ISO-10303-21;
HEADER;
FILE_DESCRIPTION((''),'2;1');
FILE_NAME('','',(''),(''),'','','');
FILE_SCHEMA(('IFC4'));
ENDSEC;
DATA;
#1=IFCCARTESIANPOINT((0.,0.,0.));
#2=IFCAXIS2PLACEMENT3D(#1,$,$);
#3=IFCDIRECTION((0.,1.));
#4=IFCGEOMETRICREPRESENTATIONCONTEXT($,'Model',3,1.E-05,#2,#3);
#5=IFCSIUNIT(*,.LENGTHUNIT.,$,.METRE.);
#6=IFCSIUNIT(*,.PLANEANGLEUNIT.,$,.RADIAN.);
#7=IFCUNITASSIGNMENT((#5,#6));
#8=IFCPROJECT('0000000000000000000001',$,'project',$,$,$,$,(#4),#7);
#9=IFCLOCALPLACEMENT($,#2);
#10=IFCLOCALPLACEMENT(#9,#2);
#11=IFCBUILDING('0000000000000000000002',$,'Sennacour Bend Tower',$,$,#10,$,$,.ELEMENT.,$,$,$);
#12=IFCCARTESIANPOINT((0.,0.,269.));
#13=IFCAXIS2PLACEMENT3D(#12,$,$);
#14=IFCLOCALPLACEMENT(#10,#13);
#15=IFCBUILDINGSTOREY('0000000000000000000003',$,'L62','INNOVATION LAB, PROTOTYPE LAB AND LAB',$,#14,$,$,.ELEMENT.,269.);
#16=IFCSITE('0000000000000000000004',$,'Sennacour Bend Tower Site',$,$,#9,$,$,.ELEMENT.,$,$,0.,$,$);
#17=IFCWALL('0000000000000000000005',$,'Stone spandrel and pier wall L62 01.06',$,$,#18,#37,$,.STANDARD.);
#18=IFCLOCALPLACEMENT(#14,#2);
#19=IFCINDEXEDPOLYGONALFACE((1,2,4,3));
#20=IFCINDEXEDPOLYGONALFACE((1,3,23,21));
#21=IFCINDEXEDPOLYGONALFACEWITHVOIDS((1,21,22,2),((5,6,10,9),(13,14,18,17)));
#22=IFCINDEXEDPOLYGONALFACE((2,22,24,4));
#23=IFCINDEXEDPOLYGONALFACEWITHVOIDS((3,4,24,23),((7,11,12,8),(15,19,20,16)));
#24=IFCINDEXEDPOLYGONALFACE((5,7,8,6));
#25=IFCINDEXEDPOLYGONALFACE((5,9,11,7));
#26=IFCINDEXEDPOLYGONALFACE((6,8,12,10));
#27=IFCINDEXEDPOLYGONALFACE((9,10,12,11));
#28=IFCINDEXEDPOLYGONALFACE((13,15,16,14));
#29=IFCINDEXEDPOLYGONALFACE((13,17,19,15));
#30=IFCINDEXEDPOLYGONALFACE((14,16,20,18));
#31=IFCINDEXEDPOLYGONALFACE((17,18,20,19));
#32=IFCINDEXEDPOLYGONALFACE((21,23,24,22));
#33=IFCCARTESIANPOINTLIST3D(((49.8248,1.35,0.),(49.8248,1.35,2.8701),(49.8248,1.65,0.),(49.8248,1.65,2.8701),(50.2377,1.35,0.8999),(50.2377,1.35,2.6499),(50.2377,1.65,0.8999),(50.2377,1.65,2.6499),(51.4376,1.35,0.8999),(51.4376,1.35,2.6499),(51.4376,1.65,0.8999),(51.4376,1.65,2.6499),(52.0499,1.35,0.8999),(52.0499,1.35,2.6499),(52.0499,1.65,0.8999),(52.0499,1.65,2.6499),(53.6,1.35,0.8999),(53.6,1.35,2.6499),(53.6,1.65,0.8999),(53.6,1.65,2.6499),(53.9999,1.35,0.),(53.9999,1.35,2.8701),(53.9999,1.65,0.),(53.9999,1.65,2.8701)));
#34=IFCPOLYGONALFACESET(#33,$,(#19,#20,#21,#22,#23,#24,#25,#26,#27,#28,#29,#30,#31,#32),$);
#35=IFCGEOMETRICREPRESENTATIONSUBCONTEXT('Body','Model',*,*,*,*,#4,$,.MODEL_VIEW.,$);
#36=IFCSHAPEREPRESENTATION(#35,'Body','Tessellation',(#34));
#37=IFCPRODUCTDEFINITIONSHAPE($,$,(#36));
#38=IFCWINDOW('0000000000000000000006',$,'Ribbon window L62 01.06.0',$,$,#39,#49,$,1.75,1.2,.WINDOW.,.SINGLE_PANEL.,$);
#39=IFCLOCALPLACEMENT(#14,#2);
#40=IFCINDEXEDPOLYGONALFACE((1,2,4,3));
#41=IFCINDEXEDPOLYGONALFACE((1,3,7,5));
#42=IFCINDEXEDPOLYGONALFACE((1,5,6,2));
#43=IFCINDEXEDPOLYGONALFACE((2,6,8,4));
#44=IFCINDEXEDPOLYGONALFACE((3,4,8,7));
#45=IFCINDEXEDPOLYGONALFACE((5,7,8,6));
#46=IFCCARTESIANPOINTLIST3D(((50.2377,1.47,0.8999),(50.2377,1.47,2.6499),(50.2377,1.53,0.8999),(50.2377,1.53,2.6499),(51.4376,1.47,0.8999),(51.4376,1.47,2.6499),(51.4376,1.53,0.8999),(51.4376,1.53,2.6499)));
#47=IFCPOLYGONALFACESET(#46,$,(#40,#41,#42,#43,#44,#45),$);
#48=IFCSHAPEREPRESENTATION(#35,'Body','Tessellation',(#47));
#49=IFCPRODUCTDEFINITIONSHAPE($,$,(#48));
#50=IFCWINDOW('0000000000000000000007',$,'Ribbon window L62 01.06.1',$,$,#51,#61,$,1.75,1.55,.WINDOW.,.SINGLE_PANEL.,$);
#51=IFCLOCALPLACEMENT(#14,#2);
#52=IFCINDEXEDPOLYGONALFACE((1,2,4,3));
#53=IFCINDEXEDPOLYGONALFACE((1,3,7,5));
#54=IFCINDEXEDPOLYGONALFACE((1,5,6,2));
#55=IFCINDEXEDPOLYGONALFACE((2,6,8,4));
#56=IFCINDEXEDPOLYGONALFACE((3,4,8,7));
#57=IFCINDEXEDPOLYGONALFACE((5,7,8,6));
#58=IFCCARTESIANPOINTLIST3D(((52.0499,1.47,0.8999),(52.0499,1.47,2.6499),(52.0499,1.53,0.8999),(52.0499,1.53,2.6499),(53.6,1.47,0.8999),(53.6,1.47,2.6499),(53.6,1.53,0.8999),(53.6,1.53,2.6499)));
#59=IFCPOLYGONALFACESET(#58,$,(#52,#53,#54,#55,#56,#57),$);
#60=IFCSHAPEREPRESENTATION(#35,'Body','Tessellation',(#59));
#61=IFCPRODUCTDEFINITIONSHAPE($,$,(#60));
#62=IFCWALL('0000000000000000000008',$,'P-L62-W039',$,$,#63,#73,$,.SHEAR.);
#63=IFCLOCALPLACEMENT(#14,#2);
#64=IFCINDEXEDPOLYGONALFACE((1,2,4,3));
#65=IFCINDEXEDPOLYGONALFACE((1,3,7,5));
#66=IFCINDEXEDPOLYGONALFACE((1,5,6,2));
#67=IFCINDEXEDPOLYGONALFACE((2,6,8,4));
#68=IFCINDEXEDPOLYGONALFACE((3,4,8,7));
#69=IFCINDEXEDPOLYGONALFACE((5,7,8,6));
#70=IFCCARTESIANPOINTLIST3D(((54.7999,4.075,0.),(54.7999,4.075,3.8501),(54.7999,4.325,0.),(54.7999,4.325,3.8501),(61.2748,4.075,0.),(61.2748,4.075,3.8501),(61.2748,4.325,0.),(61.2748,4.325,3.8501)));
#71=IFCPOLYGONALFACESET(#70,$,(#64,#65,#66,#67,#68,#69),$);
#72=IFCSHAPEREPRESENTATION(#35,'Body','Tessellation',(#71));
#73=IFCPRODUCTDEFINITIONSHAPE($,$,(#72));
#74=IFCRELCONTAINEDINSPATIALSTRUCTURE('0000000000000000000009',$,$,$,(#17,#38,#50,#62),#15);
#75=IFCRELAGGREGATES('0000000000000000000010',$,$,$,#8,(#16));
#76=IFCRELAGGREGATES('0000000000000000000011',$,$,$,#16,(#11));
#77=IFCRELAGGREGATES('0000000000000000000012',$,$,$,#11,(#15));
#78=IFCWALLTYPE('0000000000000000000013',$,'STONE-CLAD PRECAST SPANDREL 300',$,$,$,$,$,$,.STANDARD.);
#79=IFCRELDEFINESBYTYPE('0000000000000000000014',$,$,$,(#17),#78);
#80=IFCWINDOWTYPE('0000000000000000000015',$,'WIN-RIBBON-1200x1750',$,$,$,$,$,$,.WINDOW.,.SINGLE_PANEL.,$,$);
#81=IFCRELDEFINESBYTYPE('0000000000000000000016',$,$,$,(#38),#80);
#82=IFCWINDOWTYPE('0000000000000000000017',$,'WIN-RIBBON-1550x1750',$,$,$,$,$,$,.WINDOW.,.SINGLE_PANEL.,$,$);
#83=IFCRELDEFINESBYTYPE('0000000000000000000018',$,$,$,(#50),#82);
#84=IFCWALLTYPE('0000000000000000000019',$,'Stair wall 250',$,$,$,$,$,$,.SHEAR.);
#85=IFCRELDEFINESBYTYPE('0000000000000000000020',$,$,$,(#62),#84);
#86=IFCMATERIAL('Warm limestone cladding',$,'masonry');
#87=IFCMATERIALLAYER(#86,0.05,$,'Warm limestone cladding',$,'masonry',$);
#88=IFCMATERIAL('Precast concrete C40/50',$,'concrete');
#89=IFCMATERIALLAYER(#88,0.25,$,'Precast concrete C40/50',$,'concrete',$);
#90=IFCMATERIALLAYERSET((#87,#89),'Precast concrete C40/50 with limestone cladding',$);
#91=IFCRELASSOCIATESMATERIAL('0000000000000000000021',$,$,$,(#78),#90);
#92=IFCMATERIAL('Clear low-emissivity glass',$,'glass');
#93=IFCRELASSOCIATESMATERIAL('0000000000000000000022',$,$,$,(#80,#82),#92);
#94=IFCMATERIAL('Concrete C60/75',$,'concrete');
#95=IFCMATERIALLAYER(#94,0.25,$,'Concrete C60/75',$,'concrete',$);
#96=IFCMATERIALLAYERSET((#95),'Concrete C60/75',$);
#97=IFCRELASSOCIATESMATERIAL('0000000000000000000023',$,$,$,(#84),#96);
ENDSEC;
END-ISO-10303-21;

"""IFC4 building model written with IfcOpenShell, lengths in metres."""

from ifc_helpers import new_model, si_unit, direction, frame, frame_2d, origin, place, context, subcontext, project, spatial, rectangle, extrude, material, layer, layer_set, type_object, element, fill, save


model = new_model("IFC4")

# Units and contexts
model_context = context("Model", 3, precision=1e-05, world=origin(), true_north=direction((0.0, 1.0)))
body_context = subcontext(model_context, "Body", "Model", "MODEL_VIEW")
ifc_project = project(units=[si_unit("LENGTHUNIT", "METRE"), si_unit("PLANEANGLEUNIT", "RADIAN")], contexts=[model_context])

# Site, building, storey
site_placement = place(None, origin())
site = spatial("IfcSite", under=ifc_project, at=site_placement, Name="Sennacour Bend Tower Site", CompositionType="ELEMENT", RefElevation=0.0)
building_placement = place(site_placement, origin())
building = spatial("IfcBuilding", under=site, at=building_placement, Name="Sennacour Bend Tower", CompositionType="ELEMENT")
storey_placement = place(building_placement, frame((0.0, 0.0, 269.0)))
storey = spatial("IfcBuildingStorey", under=building, at=storey_placement, Name="L62", Description="INNOVATION LAB, PROTOTYPE LAB AND LAB", CompositionType="ELEMENT", Elevation=269.0)

# Wall, openings, windows
ifc_material_1 = material(Name="Warm limestone cladding", Category="masonry")
ifc_layer_1 = layer(ifc_material_1, 0.05, Name="Warm limestone cladding", Category="masonry")
ifc_material_2 = material(Name="Precast concrete C40/50", Category="concrete")
ifc_layer_2 = layer(ifc_material_2, 0.25, Name="Precast concrete C40/50", Category="concrete")
ifc_layer_set_1 = layer_set([ifc_layer_1, ifc_layer_2], Name="Precast concrete C40/50 with limestone cladding")
wall_type_1 = type_object("IfcWallType", Name="STONE-CLAD PRECAST SPANDREL 300", PredefinedType="STANDARD", material=ifc_layer_set_1)
ifc_material_3 = material(Name="Clear low-emissivity glass", Category="glass")
window_type_1 = type_object("IfcWindowType", Name="WIN-RIBBON-1200x1750", PartitioningType="SINGLE_PANEL", PredefinedType="WINDOW", material=ifc_material_3)
wall_1_placement = place(storey_placement, frame((49.825, 1.5, 0.0), z_axis=(0.0, 0.0, 1.0), x_axis=(1.0, 0.0, 0.0)))
wall_1 = element("IfcWall", 1, at=wall_1_placement, inside=storey, type_object=wall_type_1, Name="Stone spandrel and pier wall L62 01.06", PredefinedType="STANDARD", context=body_context, shape_type="SweptSolid", body=[
    extrude(rectangle(XDim=4.175, YDim=0.3, at=frame_2d((2.0874, 0.0))), origin(), (0.0, 0.0, 1.0), 2.8701),
])
opening_1_placement = place(wall_1_placement, frame((0.4126, 0.0, 0.8999)))
opening_1 = element("IfcOpeningElement", 2, at=opening_1_placement, cuts=wall_1, PredefinedType="OPENING", context=body_context, shape_type="SweptSolid", body=[
    extrude(rectangle(XDim=1.2, YDim=1.75, at=frame_2d((0.6001, 0.875))), frame((0.0, 0.1602, 0.0), z_axis=(0.0, -1.0, 0.0), x_axis=(1.0, 0.0, 0.0)), (0.0, 0.0, 1.0), 0.3201),
])
opening_2_placement = place(wall_1_placement, frame((2.2251, 0.0, 0.8999)))
opening_2 = element("IfcOpeningElement", 3, at=opening_2_placement, cuts=wall_1, PredefinedType="OPENING", context=body_context, shape_type="SweptSolid", body=[
    extrude(rectangle(XDim=1.55, YDim=1.75, at=frame_2d((0.7749, 0.875))), frame((0.0, 0.1602, 0.0), z_axis=(0.0, -1.0, 0.0), x_axis=(1.0, 0.0, 0.0)), (0.0, 0.0, 1.0), 0.3201),
])
window_1_placement = place(opening_1_placement, origin())
window_1 = element("IfcWindow", 4, at=window_1_placement, inside=storey, type_object=window_type_1, Name="Ribbon window L62 01.06.0", OverallHeight=1.75, OverallWidth=1.2, PartitioningType="SINGLE_PANEL", PredefinedType="WINDOW", context=body_context, shape_type="SweptSolid", body=[
    extrude(rectangle(XDim=1.2, YDim=1.75, at=frame_2d((0.6001, 0.875))), frame((0.0, 0.03, 0.0), z_axis=(0.0, -1.0, 0.0), x_axis=(1.0, 0.0, 0.0)), (0.0, 0.0, 1.0), 0.0601),
])
fill(opening_1, window_1)
window_type_2 = type_object("IfcWindowType", Name="WIN-RIBBON-1550x1750", PartitioningType="SINGLE_PANEL", PredefinedType="WINDOW", material=ifc_material_3)
window_2_placement = place(opening_2_placement, origin())
window_2 = element("IfcWindow", 5, at=window_2_placement, inside=storey, type_object=window_type_2, Name="Ribbon window L62 01.06.1", OverallHeight=1.75, OverallWidth=1.55, PartitioningType="SINGLE_PANEL", PredefinedType="WINDOW", context=body_context, shape_type="SweptSolid", body=[
    extrude(rectangle(XDim=1.55, YDim=1.75, at=frame_2d((0.7749, 0.875))), frame((0.0, 0.03, 0.0), z_axis=(0.0, -1.0, 0.0), x_axis=(1.0, 0.0, 0.0)), (0.0, 0.0, 1.0), 0.0601),
])
fill(opening_2, window_2)

# Wall
ifc_material_4 = material(Name="Concrete C60/75", Category="concrete")
ifc_layer_3 = layer(ifc_material_4, 0.25, Name="Concrete C60/75", Category="concrete")
ifc_layer_set_2 = layer_set([ifc_layer_3], Name="Concrete C60/75")
wall_type_2 = type_object("IfcWallType", Name="Stair wall 250", PredefinedType="SHEAR", material=ifc_layer_set_2)
wall_2_placement = place(storey_placement, frame((54.8, 4.2, 0.0), z_axis=(0.0, 0.0, 1.0), x_axis=(1.0, 0.0, 0.0)))
element("IfcWall", 6, at=wall_2_placement, inside=storey, type_object=wall_type_2, Name="P-L62-W039", PredefinedType="SHEAR", context=body_context, shape_type="SweptSolid", body=[
    extrude(rectangle(XDim=6.4749, YDim=0.25, at=frame_2d((3.2373, 0.0))), origin(), (0.0, 0.0, 1.0), 3.8501),
])

save(model, "model.ifc")
